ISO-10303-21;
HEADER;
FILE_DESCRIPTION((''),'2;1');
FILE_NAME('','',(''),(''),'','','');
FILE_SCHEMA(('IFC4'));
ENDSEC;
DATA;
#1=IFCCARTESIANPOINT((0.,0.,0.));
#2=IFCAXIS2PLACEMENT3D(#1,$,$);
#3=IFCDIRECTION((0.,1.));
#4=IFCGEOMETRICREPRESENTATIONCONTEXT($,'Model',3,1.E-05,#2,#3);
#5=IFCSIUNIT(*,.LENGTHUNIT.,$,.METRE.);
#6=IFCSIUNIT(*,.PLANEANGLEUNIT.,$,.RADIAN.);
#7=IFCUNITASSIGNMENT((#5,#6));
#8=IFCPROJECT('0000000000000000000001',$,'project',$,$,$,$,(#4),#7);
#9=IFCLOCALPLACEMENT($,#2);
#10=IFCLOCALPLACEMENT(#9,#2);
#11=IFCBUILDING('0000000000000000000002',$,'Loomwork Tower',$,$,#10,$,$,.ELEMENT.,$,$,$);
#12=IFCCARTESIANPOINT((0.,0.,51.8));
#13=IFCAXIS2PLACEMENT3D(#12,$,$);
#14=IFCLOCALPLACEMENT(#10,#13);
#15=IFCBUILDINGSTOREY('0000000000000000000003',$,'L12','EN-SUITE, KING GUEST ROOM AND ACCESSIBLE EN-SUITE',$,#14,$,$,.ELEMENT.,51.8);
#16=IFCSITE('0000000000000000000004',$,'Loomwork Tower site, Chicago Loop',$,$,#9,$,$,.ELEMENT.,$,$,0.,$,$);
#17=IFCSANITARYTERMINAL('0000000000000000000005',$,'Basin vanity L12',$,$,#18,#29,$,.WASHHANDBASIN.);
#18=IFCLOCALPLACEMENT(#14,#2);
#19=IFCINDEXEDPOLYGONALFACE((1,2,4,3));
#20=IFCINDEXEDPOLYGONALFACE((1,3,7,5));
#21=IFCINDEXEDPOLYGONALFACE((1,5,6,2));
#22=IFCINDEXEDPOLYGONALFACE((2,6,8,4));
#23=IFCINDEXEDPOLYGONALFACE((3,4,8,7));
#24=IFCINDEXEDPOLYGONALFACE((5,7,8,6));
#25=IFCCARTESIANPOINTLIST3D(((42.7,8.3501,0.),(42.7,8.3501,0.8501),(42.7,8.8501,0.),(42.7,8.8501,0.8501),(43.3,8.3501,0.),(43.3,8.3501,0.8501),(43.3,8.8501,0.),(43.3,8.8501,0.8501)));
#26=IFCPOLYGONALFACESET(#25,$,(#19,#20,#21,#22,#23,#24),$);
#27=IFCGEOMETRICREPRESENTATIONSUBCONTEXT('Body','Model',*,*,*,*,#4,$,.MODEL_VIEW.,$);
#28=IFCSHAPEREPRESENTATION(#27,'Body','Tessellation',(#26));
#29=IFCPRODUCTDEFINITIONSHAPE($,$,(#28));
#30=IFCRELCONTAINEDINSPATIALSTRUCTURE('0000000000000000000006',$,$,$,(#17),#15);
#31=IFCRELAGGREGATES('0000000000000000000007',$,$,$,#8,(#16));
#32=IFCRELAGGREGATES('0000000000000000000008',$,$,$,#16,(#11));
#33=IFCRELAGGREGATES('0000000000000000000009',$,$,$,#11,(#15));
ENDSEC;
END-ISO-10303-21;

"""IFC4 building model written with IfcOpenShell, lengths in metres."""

from ifc_helpers import new_model, si_unit, direction, frame, origin, origin_2d, place, context, subcontext, project, spatial, rectangle, extrude, element, save


model = new_model("IFC4")

# Units and contexts
model_context = context("Model", 3, precision=1e-05, world=origin(), true_north=direction((0.0, 1.0)))
body_context = subcontext(model_context, "Body", "Model", "MODEL_VIEW")
ifc_project = project(units=[si_unit("LENGTHUNIT", "METRE"), si_unit("PLANEANGLEUNIT", "RADIAN")], contexts=[model_context])

# Site, building, storey
site_placement = place(None, origin())
site = spatial("IfcSite", under=ifc_project, at=site_placement, Name="Loomwork Tower site, Chicago Loop", CompositionType="ELEMENT", RefElevation=0.0)
building_placement = place(site_placement, origin())
building = spatial("IfcBuilding", under=site, at=building_placement, Name="Loomwork Tower", CompositionType="ELEMENT")
storey_placement = place(building_placement, frame((0.0, 0.0, 51.8)))
storey = spatial("IfcBuildingStorey", under=building, at=storey_placement, Name="L12", Description="EN-SUITE, KING GUEST ROOM AND ACCESSIBLE EN-SUITE", CompositionType="ELEMENT", Elevation=51.8)

# Sanitary terminal
sanitary_terminal_1_placement = place(storey_placement, frame((43.0, 8.6001, 0.0), z_axis=(0.0, 0.0, 1.0), x_axis=(1.0, 0.0, 0.0)))
element("IfcSanitaryTerminal", 1, at=sanitary_terminal_1_placement, inside=storey, Name="Basin vanity L12", PredefinedType="WASHHANDBASIN", context=body_context, shape_type="SweptSolid", body=[
    extrude(rectangle(XDim=0.6001, YDim=0.5, at=origin_2d()), origin(), (0.0, 0.0, 1.0), 0.8501),
])

save(model, "model.ifc")
